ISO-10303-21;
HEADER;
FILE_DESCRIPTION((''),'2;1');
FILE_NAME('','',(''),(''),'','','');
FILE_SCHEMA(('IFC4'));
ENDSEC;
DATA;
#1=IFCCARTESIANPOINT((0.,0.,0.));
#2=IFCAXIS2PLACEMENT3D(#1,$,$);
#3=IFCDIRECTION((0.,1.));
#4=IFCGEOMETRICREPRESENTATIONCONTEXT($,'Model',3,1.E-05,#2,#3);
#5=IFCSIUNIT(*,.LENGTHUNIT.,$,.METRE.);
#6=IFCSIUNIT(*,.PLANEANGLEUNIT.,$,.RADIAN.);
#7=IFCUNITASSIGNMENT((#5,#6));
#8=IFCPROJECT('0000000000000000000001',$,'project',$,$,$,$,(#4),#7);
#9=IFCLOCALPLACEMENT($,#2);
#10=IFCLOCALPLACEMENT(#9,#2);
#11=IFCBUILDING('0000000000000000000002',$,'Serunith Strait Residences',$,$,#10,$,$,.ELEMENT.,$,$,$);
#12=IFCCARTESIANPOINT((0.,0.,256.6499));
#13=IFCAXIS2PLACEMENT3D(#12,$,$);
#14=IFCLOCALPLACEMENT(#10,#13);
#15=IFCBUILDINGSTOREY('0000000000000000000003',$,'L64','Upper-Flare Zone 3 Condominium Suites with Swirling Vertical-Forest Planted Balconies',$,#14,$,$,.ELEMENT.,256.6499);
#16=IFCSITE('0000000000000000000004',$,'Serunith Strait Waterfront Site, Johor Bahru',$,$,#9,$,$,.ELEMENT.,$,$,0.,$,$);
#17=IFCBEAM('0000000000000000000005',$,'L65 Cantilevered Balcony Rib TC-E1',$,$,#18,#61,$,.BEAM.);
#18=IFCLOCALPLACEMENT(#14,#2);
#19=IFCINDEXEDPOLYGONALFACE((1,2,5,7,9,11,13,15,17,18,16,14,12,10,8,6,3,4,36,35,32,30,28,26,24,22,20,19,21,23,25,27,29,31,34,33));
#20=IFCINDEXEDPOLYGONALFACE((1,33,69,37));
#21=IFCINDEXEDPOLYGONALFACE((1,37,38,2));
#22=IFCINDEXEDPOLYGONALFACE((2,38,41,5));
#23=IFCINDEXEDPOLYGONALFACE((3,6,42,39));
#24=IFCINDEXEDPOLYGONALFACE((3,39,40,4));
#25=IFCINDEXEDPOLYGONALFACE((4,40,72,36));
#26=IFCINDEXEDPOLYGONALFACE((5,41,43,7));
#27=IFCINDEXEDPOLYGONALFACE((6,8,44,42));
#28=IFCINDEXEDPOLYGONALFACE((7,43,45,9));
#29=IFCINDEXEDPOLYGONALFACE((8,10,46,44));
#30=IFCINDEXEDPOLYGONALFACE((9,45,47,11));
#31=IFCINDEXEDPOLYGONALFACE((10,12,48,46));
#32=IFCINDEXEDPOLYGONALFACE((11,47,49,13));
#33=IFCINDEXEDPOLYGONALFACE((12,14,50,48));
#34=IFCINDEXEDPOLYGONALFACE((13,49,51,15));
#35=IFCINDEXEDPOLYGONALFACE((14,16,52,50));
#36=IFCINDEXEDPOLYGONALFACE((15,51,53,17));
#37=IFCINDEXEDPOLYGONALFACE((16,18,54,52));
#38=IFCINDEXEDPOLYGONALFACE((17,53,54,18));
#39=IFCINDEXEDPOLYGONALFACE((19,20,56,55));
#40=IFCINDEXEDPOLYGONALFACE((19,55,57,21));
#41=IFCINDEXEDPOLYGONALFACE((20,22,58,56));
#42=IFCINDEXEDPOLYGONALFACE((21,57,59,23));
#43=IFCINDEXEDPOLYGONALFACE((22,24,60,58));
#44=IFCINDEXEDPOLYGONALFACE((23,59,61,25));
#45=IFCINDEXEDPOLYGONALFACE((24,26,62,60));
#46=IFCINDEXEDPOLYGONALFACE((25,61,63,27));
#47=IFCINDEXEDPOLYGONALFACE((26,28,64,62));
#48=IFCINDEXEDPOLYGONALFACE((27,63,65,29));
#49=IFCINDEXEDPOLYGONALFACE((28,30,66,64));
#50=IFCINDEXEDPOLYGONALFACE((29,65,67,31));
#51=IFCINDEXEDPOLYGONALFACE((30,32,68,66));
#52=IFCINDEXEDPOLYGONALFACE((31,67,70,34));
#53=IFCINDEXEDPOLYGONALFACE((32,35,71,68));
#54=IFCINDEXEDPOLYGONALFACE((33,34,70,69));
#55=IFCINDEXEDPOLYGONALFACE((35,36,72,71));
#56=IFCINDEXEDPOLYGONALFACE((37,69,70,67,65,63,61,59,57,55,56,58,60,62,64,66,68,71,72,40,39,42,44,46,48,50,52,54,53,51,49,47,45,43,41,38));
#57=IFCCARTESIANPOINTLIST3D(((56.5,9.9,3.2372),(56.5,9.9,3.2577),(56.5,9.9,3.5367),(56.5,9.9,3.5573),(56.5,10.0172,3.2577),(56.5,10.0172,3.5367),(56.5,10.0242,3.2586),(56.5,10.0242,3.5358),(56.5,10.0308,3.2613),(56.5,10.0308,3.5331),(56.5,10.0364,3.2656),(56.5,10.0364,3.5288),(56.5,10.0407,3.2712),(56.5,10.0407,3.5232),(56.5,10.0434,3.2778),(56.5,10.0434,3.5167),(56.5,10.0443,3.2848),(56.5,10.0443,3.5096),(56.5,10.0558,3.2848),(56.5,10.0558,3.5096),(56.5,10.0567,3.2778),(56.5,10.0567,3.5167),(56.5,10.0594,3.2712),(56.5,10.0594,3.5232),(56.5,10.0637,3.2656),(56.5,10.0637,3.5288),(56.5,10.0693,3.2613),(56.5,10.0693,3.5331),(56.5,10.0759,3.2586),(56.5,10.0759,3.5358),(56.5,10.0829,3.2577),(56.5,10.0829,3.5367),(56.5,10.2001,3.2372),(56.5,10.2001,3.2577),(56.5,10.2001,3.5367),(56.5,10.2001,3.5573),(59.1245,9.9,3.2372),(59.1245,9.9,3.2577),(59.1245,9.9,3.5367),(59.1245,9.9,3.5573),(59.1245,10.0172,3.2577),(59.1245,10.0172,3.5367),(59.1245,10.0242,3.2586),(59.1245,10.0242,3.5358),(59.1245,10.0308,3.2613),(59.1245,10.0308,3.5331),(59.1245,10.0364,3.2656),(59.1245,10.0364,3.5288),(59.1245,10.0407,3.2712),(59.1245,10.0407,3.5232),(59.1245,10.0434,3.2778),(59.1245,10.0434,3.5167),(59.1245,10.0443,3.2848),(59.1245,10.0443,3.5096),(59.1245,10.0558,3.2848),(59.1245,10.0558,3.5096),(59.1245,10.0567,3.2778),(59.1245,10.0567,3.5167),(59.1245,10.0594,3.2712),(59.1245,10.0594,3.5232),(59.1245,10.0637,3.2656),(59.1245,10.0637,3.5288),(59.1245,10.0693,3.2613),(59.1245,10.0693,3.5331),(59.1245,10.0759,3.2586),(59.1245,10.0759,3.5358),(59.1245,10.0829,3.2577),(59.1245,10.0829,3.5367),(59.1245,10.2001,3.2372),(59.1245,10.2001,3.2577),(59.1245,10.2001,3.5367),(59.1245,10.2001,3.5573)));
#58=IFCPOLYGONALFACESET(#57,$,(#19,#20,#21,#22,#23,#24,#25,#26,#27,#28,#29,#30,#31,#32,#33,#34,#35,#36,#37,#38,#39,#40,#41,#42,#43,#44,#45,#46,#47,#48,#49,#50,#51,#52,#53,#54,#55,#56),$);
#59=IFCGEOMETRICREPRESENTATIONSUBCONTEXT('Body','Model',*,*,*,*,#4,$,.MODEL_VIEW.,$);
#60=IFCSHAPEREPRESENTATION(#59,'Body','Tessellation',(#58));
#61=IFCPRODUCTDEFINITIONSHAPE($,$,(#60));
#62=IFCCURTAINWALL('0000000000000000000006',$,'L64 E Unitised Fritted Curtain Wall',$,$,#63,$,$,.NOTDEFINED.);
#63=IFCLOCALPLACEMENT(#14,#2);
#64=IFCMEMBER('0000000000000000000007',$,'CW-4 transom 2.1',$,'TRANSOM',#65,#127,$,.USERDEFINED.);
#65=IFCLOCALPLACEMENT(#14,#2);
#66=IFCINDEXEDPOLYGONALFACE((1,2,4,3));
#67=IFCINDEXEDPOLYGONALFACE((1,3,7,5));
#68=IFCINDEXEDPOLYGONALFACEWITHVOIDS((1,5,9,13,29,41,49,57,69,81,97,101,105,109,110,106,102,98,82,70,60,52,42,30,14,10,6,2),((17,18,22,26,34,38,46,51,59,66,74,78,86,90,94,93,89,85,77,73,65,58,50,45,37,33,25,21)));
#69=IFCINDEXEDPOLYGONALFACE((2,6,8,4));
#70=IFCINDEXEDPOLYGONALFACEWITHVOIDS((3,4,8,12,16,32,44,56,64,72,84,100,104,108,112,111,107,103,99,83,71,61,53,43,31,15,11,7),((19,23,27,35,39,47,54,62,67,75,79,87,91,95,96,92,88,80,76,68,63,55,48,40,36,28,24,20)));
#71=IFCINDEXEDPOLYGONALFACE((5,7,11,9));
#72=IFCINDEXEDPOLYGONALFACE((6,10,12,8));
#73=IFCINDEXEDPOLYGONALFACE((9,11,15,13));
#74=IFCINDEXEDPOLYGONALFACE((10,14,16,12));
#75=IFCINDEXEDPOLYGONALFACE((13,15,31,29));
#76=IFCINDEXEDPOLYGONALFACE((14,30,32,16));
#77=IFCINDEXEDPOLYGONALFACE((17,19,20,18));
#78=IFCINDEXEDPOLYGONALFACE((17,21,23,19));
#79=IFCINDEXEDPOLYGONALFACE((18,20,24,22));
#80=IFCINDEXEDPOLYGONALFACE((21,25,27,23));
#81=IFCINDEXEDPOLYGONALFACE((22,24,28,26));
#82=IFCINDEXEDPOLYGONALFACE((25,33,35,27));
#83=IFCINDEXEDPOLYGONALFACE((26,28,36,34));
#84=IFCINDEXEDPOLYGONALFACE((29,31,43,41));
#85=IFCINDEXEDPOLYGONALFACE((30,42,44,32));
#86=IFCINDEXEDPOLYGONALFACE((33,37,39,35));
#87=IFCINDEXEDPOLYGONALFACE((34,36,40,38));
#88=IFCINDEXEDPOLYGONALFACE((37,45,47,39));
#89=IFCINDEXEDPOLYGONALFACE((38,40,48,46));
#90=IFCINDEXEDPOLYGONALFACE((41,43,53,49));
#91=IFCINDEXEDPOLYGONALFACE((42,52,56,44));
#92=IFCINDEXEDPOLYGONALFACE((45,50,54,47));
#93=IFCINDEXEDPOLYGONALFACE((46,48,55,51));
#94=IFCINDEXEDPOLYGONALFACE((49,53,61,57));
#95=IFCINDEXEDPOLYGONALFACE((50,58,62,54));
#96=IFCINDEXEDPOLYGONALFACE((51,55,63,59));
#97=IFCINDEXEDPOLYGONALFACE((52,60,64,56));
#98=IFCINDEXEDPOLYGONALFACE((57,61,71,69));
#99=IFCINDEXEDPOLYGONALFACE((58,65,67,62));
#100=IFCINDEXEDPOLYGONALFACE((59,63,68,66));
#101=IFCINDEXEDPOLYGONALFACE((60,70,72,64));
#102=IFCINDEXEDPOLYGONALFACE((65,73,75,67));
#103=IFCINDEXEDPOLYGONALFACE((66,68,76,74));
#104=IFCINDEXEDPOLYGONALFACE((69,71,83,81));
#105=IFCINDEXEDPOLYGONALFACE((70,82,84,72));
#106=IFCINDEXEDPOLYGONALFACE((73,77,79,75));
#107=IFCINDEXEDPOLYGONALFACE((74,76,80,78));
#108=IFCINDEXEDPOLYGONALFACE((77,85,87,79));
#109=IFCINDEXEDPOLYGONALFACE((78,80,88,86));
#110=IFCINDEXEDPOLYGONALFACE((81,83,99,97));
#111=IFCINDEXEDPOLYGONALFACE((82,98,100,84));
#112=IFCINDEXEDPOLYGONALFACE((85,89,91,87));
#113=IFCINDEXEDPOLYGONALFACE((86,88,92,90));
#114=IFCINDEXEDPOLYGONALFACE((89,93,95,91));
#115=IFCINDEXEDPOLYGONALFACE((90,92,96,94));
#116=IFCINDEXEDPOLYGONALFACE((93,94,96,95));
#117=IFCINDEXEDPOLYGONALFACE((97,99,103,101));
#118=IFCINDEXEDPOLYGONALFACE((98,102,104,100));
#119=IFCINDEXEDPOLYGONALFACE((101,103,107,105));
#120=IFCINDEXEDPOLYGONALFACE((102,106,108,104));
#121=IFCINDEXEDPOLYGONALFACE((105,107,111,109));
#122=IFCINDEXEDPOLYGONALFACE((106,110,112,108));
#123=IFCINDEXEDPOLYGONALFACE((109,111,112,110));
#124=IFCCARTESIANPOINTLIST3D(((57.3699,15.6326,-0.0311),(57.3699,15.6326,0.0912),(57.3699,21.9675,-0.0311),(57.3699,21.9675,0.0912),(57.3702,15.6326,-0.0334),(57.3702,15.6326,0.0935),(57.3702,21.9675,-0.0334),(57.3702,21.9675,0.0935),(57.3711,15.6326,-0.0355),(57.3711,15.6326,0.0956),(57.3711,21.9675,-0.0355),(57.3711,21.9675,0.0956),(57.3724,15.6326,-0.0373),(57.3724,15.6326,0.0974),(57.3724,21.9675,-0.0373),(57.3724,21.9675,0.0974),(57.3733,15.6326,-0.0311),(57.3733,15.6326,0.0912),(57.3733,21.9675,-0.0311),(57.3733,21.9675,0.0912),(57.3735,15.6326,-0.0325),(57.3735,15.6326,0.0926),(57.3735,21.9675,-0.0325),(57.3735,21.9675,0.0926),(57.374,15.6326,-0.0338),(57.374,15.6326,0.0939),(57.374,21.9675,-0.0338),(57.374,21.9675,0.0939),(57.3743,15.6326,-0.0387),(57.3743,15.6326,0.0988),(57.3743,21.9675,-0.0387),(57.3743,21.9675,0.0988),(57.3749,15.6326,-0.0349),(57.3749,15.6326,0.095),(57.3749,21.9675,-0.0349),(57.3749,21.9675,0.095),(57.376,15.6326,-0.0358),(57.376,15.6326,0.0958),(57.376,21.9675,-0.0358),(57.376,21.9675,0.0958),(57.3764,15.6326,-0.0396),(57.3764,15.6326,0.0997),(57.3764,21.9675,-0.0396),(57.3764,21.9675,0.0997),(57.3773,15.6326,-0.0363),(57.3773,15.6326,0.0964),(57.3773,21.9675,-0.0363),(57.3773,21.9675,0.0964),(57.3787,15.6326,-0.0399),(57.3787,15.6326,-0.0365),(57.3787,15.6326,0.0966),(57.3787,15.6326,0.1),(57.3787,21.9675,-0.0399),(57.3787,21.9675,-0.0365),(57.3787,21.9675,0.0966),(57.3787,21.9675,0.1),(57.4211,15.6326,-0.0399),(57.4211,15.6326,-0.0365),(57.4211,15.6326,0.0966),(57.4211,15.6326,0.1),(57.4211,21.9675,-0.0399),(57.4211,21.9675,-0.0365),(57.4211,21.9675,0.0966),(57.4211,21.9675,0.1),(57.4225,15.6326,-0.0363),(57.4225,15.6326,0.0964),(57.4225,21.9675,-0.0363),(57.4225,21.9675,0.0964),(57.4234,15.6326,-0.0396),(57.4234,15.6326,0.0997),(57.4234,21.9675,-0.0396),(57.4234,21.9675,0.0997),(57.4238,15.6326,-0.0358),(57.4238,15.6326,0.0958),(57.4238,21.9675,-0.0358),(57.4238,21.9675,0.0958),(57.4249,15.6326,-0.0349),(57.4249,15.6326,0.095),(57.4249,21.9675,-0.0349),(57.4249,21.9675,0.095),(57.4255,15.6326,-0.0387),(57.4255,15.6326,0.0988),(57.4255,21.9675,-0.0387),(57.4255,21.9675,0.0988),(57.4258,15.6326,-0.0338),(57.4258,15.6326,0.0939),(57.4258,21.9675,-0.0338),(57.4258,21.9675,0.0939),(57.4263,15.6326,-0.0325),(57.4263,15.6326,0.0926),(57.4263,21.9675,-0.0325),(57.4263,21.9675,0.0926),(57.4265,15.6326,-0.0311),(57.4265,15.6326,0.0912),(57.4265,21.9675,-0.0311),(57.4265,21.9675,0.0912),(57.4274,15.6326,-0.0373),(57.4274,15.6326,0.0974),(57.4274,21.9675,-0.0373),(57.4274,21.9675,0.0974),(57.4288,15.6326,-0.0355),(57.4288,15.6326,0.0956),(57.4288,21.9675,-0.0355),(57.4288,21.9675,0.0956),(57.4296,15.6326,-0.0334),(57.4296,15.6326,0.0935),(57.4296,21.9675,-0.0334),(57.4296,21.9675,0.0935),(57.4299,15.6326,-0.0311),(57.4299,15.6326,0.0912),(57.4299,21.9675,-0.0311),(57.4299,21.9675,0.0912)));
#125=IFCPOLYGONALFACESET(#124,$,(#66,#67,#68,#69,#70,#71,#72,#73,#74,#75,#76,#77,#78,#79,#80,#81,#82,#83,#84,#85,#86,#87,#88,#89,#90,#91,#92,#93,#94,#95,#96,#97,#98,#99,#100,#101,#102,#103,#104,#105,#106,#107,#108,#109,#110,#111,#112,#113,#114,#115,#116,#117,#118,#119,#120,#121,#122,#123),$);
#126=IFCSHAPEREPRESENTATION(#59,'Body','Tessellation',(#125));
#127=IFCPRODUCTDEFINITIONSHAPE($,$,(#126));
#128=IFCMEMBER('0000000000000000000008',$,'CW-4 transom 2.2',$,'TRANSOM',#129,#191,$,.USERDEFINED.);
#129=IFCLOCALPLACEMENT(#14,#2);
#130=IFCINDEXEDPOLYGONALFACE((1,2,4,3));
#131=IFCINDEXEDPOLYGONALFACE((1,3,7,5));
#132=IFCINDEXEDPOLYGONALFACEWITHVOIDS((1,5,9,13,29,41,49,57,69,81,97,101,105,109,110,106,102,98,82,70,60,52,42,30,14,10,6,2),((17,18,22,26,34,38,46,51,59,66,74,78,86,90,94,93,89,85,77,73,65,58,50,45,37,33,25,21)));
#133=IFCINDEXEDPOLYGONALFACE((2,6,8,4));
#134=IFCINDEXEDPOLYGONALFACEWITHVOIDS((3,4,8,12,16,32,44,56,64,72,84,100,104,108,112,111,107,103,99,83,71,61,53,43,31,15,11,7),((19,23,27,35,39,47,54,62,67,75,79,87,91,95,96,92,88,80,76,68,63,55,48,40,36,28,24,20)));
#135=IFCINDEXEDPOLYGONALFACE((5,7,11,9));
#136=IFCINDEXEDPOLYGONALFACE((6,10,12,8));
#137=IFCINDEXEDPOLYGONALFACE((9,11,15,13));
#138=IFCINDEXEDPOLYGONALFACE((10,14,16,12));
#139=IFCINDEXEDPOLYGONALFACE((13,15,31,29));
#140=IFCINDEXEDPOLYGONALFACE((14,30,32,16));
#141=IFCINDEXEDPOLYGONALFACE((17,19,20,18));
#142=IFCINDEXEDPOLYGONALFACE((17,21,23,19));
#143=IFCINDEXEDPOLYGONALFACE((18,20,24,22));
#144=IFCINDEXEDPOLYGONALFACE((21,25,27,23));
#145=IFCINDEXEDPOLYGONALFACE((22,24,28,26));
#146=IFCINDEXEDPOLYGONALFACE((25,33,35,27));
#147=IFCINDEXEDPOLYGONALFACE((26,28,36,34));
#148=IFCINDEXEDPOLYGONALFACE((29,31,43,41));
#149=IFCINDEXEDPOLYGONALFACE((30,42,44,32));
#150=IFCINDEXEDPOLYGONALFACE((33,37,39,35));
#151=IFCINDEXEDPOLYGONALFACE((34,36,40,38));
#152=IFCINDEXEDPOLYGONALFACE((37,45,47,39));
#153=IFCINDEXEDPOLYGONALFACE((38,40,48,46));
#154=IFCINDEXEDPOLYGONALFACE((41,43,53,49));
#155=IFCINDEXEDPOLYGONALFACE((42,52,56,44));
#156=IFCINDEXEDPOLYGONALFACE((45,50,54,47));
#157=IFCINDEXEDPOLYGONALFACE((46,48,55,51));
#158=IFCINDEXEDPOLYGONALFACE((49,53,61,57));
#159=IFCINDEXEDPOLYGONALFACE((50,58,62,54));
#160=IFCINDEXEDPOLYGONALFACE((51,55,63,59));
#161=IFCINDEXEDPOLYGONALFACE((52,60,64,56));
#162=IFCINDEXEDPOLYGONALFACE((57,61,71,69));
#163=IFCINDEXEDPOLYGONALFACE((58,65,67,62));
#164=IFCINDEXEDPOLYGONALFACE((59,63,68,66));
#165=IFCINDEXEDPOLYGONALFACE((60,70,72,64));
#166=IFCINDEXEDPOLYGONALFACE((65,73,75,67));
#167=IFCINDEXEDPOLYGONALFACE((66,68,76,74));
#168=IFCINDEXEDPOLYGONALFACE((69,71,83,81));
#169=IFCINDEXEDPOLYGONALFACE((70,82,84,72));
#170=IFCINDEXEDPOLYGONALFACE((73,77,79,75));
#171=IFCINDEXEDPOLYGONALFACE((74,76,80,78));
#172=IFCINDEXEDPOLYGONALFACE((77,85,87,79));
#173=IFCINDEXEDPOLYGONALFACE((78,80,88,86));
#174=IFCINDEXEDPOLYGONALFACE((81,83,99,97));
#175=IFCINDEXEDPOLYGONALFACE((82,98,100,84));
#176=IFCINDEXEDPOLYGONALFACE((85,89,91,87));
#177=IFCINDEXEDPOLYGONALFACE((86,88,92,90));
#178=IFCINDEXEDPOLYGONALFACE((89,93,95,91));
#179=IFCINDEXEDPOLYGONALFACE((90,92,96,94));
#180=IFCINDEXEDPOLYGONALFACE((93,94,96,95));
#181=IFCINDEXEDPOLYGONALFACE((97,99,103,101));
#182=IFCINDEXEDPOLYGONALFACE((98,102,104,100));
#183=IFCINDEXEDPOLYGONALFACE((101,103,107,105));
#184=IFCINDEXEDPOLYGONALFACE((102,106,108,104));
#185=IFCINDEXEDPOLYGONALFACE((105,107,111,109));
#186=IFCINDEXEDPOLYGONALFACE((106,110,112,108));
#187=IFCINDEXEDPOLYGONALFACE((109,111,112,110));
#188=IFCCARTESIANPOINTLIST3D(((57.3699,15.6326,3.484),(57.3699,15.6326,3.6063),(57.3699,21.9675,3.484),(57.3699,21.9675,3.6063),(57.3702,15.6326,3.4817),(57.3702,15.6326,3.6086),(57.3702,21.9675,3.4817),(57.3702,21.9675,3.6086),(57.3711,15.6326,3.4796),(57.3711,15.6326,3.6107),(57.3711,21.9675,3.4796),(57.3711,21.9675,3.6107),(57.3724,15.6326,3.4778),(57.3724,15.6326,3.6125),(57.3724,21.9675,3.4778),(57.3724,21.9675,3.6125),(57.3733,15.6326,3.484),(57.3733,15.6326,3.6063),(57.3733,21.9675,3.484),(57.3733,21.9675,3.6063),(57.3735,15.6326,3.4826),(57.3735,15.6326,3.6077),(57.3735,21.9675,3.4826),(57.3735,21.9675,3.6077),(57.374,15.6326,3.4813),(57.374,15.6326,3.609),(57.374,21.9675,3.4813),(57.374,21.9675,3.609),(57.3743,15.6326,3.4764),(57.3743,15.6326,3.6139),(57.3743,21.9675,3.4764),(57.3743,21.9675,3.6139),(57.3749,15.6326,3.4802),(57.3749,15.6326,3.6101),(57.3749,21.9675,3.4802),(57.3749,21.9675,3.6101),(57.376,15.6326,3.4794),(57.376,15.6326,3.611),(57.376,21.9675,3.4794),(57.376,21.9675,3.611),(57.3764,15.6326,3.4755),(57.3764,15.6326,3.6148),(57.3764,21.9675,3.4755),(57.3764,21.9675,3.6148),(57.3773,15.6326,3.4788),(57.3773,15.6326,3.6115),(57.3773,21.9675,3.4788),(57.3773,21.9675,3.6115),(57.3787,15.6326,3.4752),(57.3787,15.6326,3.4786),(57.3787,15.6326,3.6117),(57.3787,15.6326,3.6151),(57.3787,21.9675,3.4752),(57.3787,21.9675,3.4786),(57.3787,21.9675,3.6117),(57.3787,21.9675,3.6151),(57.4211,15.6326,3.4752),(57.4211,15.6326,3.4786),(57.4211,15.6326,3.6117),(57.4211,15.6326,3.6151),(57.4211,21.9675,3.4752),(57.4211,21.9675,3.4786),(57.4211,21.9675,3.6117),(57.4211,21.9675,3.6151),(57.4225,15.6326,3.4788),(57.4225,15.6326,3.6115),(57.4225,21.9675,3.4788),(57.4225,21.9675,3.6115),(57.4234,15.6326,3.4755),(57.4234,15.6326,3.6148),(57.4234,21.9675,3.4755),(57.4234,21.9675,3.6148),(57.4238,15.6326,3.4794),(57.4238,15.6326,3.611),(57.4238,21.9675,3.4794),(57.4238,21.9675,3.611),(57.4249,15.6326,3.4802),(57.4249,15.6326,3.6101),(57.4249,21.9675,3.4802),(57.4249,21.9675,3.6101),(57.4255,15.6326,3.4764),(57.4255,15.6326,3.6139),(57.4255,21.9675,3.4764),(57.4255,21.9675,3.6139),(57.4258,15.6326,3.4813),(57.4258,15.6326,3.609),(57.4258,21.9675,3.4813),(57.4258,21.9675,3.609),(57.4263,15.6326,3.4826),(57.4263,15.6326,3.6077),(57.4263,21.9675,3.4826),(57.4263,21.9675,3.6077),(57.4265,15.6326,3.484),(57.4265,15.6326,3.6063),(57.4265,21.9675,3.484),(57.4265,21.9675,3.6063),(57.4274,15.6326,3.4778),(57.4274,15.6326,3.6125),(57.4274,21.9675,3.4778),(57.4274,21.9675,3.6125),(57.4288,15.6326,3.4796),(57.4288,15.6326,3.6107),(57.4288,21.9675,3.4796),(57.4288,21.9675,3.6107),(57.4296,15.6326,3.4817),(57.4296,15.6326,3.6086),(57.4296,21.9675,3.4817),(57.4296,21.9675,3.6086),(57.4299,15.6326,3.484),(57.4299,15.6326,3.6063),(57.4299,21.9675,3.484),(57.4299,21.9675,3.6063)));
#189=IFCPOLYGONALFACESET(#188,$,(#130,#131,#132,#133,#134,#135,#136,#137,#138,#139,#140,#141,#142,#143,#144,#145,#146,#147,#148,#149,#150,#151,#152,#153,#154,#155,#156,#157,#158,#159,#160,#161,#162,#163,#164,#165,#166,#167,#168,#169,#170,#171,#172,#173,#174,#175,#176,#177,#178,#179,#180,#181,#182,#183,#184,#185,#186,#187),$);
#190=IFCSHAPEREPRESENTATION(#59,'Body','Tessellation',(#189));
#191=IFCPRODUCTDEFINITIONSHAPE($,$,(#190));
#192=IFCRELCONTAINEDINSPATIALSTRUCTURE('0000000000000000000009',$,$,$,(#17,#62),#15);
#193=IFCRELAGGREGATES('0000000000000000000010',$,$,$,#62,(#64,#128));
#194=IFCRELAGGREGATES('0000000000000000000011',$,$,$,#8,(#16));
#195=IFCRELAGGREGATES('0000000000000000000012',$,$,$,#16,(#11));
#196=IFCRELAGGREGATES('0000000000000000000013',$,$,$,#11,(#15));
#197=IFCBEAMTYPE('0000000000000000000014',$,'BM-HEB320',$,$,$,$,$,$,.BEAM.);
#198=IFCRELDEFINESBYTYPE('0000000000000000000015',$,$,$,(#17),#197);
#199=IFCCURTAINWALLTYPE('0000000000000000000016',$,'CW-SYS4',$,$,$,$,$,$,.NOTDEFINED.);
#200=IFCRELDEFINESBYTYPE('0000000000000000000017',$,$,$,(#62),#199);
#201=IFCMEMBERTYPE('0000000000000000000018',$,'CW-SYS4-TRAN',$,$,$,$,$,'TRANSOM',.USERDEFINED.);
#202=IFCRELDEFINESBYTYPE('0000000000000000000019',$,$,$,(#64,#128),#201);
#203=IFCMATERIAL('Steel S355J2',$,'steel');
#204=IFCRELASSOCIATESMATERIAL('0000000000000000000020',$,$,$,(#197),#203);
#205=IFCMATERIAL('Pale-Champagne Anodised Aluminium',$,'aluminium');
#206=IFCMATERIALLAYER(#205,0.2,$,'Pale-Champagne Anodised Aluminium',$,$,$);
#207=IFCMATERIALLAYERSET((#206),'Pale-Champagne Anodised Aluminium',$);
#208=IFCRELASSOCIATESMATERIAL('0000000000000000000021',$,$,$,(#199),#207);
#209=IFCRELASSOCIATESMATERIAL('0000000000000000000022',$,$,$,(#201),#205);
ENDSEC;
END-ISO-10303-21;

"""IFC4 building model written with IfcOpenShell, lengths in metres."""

from ifc_helpers import new_model, si_unit, direction, frame, origin, origin_2d, place, context, subcontext, project, spatial, hollow_rectangle, i_section, extrude, source, transform, mapped, material, layer, layer_set, material_profile, profile_set, type_object, element, aggregate, save


model = new_model("IFC4")

# Units and contexts
model_context = context("Model", 3, precision=1e-05, world=origin(), true_north=direction((0.0, 1.0)))
body_context = subcontext(model_context, "Body", "Model", "MODEL_VIEW")
ifc_project = project(units=[si_unit("LENGTHUNIT", "METRE"), si_unit("PLANEANGLEUNIT", "RADIAN")], contexts=[model_context])

# Site, building, storey
site_placement = place(None, origin())
site = spatial("IfcSite", under=ifc_project, at=site_placement, Name="Serunith Strait Waterfront Site, Johor Bahru", CompositionType="ELEMENT", RefElevation=0.0)
building_placement = place(site_placement, origin())
building = spatial("IfcBuilding", under=site, at=building_placement, Name="Serunith Strait Residences", CompositionType="ELEMENT")
storey_placement = place(building_placement, frame((0.0, 0.0, 256.6499)))
storey = spatial("IfcBuildingStorey", under=building, at=storey_placement, Name="L64", Description="Upper-Flare Zone 3 Condominium Suites with Swirling Vertical-Forest Planted Balconies", CompositionType="ELEMENT", Elevation=256.6499)

# Beam
ifc_material_1 = material(Name="Steel S355J2", Category="steel")
ifc_material_profile_1 = material_profile(ifc_material_1, i_section(OverallWidth=0.3, OverallDepth=0.3201, WebThickness=0.0115, FlangeThickness=0.0205, FilletRadius=0.0271, at=origin_2d()), Name="HEB 320")
ifc_profile_set_1 = profile_set([ifc_material_profile_1], Name="Steel S355J2")
beam_type_1 = type_object("IfcBeamType", Name="BM-HEB320", PredefinedType="BEAM", material=ifc_profile_set_1)
shared_shape_1 = source(origin(), body_context, "Body", "SweptSolid", [
    extrude(i_section(OverallWidth=0.3, OverallDepth=0.3201, WebThickness=0.0115, FlangeThickness=0.0205, FilletRadius=0.0271, at=origin_2d()), origin(), (0.0, 0.0, 1.0), 2.6245),
])
beam_1_placement = place(storey_placement, frame((56.5, 10.05, 3.3972), z_axis=(1.0, 0.0, 0.0), x_axis=(0.0, 1.0, 0.0)))
element("IfcBeam", 1, at=beam_1_placement, inside=storey, type_object=beam_type_1, Name="L65 Cantilevered Balcony Rib TC-E1", PredefinedType="BEAM", context=body_context, shape_type="MappedRepresentation", body=[
    mapped(shared_shape_1, transform((0.0, 0.0, 0.0), scale=1.0)),
])

# Curtain wall, members
ifc_material_2 = material(Name="Pale-Champagne Anodised Aluminium", Category="aluminium")
ifc_layer_1 = layer(ifc_material_2, 0.2, Name="Pale-Champagne Anodised Aluminium")
ifc_layer_set_1 = layer_set([ifc_layer_1], Name="Pale-Champagne Anodised Aluminium")
curtain_wall_type = type_object("IfcCurtainWallType", Name="CW-SYS4", PredefinedType="NOTDEFINED", material=ifc_layer_set_1)
curtain_wall_placement = place(storey_placement, origin())
curtain_wall = element("IfcCurtainWall", 2, at=curtain_wall_placement, inside=storey, type_object=curtain_wall_type, Name="L64 E Unitised Fritted Curtain Wall", PredefinedType="NOTDEFINED")
ifc_material_profile_2 = material_profile(ifc_material_2, hollow_rectangle(XDim=0.0601, YDim=0.1399, WallThickness=0.0034, InnerFilletRadius=0.0054, OuterFilletRadius=0.0088, at=origin_2d()), Name="ALU 140x60x3.5")
ifc_profile_set_2 = profile_set([ifc_material_profile_2], Name="Pale-Champagne Anodised Aluminium")
member_type_1 = type_object("IfcMemberType", Name="CW-SYS4-TRAN", ElementType="TRANSOM", PredefinedType="USERDEFINED", material=ifc_profile_set_2)
shared_shape_2 = source(origin(), body_context, "Body", "SweptSolid", [
    extrude(hollow_rectangle(XDim=0.0601, YDim=0.1399, WallThickness=0.0034, InnerFilletRadius=0.0054, OuterFilletRadius=0.0088, at=origin_2d()), origin(), (0.0, 0.0, 1.0), 6.335),
])
member_1_placement = place(storey_placement, frame((57.3999, 15.6326, 0.03), z_axis=(0.0, 1.0, 0.0), x_axis=(-1.0, 0.0, 0.0)))
member_1 = element("IfcMember", 3, at=member_1_placement, type_object=member_type_1, Name="CW-4 transom 2.1", ObjectType="TRANSOM", PredefinedType="USERDEFINED", context=body_context, shape_type="MappedRepresentation", body=[
    mapped(shared_shape_2, transform((0.0, 0.0, 0.0), scale=1.0)),
])
member_2_placement = place(storey_placement, frame((57.3999, 15.6326, 3.5452), z_axis=(0.0, 1.0, 0.0), x_axis=(-1.0, 0.0, 0.0)))
member_2 = element("IfcMember", 4, at=member_2_placement, type_object=member_type_1, Name="CW-4 transom 2.2", ObjectType="TRANSOM", PredefinedType="USERDEFINED", context=body_context, shape_type="MappedRepresentation", body=[
    mapped(shared_shape_2, transform((0.0, 0.0, 0.0), scale=1.0)),
])
aggregate(curtain_wall, [member_1, member_2])

save(model, "model.ifc")
